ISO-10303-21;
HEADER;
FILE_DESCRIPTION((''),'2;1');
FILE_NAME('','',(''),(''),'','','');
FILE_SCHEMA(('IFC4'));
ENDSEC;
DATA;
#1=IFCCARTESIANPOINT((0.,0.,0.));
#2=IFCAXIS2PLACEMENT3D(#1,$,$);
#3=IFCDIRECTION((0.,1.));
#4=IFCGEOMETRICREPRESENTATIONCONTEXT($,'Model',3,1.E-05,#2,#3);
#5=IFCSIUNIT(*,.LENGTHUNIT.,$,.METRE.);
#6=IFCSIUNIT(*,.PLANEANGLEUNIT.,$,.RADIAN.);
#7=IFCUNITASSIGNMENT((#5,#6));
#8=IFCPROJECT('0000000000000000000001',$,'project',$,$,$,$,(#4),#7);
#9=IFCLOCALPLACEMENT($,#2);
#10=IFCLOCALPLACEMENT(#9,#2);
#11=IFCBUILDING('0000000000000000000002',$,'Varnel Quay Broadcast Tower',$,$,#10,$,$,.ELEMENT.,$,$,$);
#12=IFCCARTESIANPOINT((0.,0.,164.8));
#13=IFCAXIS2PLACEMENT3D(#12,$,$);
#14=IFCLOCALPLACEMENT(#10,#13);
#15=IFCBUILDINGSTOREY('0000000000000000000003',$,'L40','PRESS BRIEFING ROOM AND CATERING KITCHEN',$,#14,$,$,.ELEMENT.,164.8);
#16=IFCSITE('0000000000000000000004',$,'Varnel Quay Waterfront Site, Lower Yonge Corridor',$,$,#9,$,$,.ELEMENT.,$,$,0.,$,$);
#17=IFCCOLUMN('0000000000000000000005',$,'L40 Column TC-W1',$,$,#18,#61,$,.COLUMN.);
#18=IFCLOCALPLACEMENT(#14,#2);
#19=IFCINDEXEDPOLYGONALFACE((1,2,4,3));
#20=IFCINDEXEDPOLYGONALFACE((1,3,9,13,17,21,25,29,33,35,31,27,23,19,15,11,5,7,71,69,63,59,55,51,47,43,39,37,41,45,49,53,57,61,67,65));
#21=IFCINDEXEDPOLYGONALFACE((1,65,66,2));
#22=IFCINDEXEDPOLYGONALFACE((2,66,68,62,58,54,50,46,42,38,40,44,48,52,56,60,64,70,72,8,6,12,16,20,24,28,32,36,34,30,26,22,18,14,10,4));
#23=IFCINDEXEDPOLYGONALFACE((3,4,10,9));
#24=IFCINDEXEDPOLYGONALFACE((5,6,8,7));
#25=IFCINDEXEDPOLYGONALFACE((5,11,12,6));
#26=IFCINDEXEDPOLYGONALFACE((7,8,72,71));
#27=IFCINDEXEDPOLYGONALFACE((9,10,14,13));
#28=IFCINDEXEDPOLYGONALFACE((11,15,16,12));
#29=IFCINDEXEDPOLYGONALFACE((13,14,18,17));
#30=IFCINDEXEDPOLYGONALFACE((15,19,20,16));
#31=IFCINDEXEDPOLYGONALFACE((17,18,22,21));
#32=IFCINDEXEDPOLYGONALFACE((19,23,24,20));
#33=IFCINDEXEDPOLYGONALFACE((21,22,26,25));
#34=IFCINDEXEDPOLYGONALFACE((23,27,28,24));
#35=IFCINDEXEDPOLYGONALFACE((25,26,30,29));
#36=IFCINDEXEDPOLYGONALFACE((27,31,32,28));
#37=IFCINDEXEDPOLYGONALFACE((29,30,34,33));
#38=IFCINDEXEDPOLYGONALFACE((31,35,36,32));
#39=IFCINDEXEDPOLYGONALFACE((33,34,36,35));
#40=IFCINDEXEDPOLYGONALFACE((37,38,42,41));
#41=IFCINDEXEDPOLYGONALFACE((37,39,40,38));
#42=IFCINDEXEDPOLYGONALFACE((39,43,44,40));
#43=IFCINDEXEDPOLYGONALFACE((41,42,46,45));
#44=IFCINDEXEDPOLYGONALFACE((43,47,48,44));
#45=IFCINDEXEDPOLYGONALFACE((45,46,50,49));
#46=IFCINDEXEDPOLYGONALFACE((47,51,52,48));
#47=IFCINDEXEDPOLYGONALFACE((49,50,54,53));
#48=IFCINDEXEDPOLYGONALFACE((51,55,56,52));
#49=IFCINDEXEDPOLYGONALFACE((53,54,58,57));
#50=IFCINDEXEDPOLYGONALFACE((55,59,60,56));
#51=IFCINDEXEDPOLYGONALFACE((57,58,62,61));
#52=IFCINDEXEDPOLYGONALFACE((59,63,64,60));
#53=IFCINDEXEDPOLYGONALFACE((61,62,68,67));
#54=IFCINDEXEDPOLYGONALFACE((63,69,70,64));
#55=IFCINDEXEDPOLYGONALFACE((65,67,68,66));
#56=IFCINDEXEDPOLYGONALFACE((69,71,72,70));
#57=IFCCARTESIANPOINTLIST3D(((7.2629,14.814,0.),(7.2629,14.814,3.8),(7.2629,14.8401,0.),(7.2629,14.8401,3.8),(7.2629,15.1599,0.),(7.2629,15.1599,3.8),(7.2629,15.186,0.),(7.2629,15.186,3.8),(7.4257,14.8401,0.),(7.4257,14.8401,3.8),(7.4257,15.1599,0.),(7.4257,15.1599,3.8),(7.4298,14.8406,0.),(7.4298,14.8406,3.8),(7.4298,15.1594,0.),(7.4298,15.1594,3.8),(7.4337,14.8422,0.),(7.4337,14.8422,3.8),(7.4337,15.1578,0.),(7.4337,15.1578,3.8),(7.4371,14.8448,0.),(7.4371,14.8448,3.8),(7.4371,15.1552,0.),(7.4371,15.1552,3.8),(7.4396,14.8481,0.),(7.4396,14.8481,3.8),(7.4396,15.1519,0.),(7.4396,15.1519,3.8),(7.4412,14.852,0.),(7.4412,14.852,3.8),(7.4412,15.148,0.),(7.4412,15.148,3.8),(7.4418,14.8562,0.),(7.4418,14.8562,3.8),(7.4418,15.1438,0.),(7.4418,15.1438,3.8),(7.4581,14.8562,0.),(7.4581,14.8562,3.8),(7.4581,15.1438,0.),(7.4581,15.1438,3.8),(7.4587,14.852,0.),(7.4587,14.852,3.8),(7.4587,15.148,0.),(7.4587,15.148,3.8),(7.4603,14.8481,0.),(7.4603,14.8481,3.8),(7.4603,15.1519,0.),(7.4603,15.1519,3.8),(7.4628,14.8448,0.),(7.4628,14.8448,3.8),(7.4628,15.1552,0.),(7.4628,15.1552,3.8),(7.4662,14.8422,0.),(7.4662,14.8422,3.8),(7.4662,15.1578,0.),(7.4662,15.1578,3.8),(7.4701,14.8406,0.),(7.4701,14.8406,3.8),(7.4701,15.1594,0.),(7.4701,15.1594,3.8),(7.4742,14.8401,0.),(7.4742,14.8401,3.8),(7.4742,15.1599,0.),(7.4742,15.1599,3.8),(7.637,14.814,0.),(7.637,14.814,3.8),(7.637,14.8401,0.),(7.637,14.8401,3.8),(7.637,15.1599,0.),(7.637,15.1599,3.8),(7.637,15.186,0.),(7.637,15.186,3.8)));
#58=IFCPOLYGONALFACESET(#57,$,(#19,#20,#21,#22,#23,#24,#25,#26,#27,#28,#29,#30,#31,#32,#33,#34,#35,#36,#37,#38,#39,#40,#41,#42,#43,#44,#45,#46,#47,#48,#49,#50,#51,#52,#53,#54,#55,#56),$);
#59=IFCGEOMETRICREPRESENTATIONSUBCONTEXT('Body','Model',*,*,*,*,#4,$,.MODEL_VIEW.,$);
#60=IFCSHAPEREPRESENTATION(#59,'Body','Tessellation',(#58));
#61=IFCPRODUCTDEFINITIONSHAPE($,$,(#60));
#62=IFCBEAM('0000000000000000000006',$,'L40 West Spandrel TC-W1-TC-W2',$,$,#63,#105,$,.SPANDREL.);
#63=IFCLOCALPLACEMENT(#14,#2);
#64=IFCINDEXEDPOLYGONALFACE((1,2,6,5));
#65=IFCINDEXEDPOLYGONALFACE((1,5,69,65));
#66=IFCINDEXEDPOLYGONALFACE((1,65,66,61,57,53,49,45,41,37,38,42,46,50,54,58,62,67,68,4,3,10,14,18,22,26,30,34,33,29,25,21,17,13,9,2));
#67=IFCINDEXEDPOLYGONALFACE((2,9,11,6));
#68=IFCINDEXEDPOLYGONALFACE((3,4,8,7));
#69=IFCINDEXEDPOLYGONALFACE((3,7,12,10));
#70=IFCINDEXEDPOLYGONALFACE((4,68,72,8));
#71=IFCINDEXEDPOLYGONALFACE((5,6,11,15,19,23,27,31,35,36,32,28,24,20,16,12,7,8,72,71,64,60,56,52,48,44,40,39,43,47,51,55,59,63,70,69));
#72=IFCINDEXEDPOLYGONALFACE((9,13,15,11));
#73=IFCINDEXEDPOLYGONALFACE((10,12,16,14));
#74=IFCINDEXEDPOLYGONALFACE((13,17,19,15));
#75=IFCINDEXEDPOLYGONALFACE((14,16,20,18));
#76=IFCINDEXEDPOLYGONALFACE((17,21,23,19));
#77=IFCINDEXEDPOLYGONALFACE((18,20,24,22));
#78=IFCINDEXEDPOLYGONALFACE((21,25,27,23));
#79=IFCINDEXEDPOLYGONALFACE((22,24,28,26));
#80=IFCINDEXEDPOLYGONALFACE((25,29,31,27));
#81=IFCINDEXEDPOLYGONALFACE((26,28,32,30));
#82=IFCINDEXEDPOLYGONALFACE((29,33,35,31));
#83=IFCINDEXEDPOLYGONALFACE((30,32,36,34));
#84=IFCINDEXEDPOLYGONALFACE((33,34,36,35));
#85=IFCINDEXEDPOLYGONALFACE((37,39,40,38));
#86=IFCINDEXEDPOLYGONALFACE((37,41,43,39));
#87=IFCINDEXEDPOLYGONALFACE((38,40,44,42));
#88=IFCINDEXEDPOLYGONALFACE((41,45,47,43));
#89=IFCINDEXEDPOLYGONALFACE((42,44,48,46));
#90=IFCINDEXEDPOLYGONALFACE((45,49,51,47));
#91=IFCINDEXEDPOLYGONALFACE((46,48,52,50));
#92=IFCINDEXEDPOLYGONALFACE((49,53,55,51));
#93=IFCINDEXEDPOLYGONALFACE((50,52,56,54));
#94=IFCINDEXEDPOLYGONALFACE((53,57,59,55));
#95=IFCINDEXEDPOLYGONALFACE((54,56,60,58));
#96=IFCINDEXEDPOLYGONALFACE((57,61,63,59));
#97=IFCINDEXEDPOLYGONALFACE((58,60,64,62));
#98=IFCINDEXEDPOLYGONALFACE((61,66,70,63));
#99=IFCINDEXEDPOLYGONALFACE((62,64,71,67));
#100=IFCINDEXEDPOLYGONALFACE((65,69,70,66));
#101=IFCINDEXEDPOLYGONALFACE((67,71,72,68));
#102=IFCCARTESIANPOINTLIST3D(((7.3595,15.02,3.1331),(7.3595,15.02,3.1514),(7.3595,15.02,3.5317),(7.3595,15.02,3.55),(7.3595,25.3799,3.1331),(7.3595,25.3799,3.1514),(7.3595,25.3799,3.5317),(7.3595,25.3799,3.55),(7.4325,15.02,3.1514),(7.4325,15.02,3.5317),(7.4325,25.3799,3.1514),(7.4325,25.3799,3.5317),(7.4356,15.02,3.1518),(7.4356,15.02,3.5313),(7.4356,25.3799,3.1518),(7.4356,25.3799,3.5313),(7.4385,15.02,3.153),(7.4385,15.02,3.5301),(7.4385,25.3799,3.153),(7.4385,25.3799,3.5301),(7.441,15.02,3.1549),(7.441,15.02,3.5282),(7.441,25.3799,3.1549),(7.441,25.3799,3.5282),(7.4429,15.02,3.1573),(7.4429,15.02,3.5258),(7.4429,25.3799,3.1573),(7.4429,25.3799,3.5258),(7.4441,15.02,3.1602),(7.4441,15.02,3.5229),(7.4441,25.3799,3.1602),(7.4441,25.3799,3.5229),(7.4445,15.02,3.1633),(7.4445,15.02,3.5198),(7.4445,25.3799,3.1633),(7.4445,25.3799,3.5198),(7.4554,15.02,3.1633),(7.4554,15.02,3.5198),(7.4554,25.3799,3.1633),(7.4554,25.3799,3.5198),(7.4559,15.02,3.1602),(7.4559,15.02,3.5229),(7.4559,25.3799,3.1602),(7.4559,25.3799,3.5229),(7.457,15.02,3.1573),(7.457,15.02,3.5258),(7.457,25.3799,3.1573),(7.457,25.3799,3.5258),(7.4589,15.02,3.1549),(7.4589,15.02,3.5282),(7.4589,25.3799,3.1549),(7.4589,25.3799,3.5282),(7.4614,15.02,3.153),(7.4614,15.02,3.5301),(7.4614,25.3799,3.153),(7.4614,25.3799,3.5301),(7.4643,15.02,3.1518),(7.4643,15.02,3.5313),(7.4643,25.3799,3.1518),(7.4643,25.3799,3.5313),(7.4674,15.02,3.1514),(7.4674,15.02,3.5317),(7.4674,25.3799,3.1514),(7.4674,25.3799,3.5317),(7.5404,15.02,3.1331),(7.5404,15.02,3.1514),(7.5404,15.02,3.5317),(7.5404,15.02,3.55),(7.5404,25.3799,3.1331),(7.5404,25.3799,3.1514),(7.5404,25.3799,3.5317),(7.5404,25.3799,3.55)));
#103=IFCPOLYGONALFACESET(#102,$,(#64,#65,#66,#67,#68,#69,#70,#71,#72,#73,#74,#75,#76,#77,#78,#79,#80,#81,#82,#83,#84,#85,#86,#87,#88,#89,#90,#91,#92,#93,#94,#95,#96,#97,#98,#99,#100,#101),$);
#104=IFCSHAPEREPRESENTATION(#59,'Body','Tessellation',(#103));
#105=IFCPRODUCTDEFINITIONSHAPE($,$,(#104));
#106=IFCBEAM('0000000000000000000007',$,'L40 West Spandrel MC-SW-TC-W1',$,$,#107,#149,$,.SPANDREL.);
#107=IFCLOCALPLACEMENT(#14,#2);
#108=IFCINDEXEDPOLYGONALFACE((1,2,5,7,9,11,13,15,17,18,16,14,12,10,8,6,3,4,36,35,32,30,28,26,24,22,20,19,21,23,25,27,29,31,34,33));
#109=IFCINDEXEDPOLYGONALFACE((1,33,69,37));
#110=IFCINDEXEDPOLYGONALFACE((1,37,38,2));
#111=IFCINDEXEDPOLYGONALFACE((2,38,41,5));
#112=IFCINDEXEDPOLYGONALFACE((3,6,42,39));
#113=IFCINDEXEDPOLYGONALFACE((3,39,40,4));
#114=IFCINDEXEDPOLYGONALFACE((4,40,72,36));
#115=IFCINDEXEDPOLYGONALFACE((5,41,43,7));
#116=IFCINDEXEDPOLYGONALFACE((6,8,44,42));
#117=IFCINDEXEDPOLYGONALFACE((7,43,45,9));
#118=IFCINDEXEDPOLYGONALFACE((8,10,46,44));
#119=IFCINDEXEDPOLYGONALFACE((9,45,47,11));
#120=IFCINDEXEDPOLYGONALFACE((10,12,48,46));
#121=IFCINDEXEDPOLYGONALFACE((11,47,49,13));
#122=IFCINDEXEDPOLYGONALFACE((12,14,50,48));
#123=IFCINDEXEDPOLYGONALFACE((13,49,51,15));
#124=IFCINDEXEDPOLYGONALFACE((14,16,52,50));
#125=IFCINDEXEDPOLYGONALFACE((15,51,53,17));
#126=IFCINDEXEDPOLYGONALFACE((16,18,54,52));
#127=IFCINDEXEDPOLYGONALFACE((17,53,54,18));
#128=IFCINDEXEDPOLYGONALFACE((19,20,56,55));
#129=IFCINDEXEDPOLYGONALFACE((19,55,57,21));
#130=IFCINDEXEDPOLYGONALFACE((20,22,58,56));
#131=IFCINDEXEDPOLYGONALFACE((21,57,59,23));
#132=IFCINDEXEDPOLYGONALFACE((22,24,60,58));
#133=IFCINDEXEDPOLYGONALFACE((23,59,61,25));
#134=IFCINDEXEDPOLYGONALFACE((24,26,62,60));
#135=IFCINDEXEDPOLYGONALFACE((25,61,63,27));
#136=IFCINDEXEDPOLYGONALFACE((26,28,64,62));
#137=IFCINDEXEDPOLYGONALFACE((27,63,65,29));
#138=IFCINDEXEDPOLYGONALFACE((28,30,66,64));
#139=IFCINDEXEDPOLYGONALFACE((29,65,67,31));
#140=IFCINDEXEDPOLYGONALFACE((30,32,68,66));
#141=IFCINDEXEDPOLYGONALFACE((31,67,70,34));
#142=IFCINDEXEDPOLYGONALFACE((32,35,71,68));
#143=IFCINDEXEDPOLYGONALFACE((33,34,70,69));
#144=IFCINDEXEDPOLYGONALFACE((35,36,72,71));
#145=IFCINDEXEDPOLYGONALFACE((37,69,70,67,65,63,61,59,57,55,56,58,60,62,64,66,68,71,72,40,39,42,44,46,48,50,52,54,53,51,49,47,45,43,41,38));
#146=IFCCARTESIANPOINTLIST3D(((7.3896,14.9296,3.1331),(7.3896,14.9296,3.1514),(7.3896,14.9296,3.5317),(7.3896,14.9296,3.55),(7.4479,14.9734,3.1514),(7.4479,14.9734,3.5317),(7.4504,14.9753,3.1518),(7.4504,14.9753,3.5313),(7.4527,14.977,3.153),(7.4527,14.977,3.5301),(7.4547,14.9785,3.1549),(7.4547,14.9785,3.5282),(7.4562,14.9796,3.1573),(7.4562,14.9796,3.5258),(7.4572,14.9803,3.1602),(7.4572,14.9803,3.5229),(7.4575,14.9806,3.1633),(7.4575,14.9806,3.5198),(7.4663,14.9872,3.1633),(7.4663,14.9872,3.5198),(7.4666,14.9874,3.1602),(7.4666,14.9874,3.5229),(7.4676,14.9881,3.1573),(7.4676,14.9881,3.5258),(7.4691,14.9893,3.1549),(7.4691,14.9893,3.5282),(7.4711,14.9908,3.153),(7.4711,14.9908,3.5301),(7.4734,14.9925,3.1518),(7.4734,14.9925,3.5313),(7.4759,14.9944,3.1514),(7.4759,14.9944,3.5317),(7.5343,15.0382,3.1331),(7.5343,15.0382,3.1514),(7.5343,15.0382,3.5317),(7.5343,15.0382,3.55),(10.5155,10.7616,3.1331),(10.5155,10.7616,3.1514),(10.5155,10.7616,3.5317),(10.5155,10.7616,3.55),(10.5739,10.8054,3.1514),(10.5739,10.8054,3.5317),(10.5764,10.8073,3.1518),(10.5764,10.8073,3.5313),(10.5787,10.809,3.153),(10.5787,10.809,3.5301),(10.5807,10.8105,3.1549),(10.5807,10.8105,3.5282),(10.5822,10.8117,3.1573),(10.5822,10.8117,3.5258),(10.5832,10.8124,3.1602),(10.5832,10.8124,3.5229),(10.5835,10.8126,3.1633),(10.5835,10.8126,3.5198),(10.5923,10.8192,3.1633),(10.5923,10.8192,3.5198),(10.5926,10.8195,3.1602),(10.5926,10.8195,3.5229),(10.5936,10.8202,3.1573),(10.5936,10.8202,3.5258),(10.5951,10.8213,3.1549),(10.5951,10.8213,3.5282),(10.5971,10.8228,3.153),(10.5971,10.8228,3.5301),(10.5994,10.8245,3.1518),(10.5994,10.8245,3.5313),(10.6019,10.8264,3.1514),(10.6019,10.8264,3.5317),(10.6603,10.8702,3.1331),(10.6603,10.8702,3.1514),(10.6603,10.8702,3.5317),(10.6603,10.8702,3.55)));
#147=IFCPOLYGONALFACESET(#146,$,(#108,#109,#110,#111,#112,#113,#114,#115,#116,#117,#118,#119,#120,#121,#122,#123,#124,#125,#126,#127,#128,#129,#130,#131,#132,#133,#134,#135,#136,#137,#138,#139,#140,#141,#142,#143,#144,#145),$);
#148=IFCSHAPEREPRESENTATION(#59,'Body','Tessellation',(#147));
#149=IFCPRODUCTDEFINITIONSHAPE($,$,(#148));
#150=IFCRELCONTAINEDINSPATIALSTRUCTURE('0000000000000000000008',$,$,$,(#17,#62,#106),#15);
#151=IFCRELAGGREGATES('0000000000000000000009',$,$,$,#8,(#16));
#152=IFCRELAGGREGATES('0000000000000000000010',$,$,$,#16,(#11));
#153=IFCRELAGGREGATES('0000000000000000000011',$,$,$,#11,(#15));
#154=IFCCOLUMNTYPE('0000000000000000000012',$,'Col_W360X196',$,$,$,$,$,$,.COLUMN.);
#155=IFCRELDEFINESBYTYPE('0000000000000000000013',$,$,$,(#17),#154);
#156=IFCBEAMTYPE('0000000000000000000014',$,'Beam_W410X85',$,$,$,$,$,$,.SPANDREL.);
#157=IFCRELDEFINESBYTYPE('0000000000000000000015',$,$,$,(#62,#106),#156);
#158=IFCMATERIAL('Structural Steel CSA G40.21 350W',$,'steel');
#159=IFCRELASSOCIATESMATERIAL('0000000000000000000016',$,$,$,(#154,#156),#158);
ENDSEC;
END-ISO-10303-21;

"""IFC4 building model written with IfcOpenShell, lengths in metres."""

from ifc_helpers import new_model, si_unit, direction, frame, origin, origin_2d, place, context, subcontext, project, spatial, i_section, extrude, source, transform, mapped, material, material_profile, profile_set, type_object, type_shapes, element, save


model = new_model("IFC4")

# Units and contexts
model_context = context("Model", 3, precision=1e-05, world=origin(), true_north=direction((0.0, 1.0)))
body_context = subcontext(model_context, "Body", "Model", "MODEL_VIEW")
ifc_project = project(units=[si_unit("LENGTHUNIT", "METRE"), si_unit("PLANEANGLEUNIT", "RADIAN")], contexts=[model_context])

# Site, building, storey
site_placement = place(None, origin())
site = spatial("IfcSite", under=ifc_project, at=site_placement, Name="Varnel Quay Waterfront Site, Lower Yonge Corridor", CompositionType="ELEMENT", RefElevation=0.0)
building_placement = place(site_placement, origin())
building = spatial("IfcBuilding", under=site, at=building_placement, Name="Varnel Quay Broadcast Tower", CompositionType="ELEMENT")
storey_placement = place(building_placement, frame((0.0, 0.0, 164.8)))
storey = spatial("IfcBuildingStorey", under=building, at=storey_placement, Name="L40", Description="PRESS BRIEFING ROOM AND CATERING KITCHEN", CompositionType="ELEMENT", Elevation=164.8)

# Column
ifc_material_1 = material(Name="Structural Steel CSA G40.21 350W", Category="steel")
ifc_material_profile_1 = material_profile(ifc_material_1, i_section(OverallWidth=0.374, OverallDepth=0.3721, WebThickness=0.0164, FlangeThickness=0.0261, FilletRadius=0.0161, at=origin_2d()), Name="W360X196")
ifc_profile_set_1 = profile_set([ifc_material_profile_1], Name="Structural Steel CSA G40.21 350W")
column_type = type_object("IfcColumnType", Name="Col_W360X196", PredefinedType="COLUMN", material=ifc_profile_set_1)
shared_shape_1 = source(origin(), body_context, "Body", "SweptSolid", [
    extrude(i_section(OverallWidth=0.374, OverallDepth=0.3721, WebThickness=0.0164, FlangeThickness=0.0261, FilletRadius=0.0161, at=origin_2d()), origin(), (0.0, 0.0, 1.0), 3.8),
])
type_shapes(column_type, [shared_shape_1])
column_placement = place(storey_placement, frame((7.45, 15.0, 0.0), z_axis=(0.0, 0.0, 1.0), x_axis=(1.0, 0.0, 0.0)))
element("IfcColumn", 1, at=column_placement, inside=storey, type_object=column_type, Name="L40 Column TC-W1", PredefinedType="COLUMN", context=body_context, shape_type="MappedRepresentation", body=[
    mapped(shared_shape_1, transform((0.0, 0.0, 0.0), x_axis=(1.0, 0.0, 0.0), y_axis=(0.0, 1.0, 0.0), z_axis=(0.0, 0.0, 1.0), scale=1.0)),
])

# Beams
ifc_material_profile_2 = material_profile(ifc_material_1, i_section(OverallWidth=0.1809, OverallDepth=0.417, WebThickness=0.011, FlangeThickness=0.0183, FilletRadius=0.012, at=origin_2d()), Name="W410X85")
ifc_profile_set_2 = profile_set([ifc_material_profile_2], Name="Structural Steel CSA G40.21 350W")
beam_type_1 = type_object("IfcBeamType", Name="Beam_W410X85", PredefinedType="SPANDREL", material=ifc_profile_set_2)
shared_shape_2 = source(origin(), body_context, "Body", "SweptSolid", [
    extrude(i_section(OverallWidth=0.1809, OverallDepth=0.417, WebThickness=0.011, FlangeThickness=0.0183, FilletRadius=0.012, at=origin_2d()), origin(), (0.0, 0.0, 1.0), 10.3599),
])
beam_1_placement = place(storey_placement, frame((7.45, 15.02, 3.3416), z_axis=(0.0, 1.0, 0.0), x_axis=(-1.0, 0.0, 0.0)))
element("IfcBeam", 2, at=beam_1_placement, inside=storey, type_object=beam_type_1, Name="L40 West Spandrel TC-W1-TC-W2", PredefinedType="SPANDREL", context=body_context, shape_type="MappedRepresentation", body=[
    mapped(shared_shape_2, transform((0.0, 0.0, 0.0), x_axis=(1.0, 0.0, 0.0), y_axis=(0.0, 1.0, 0.0), z_axis=(0.0, 0.0, 1.0), scale=1.0)),
])
shared_shape_3 = source(origin(), body_context, "Body", "SweptSolid", [
    extrude(i_section(OverallWidth=0.1809, OverallDepth=0.417, WebThickness=0.011, FlangeThickness=0.0183, FilletRadius=0.012, at=origin_2d()), origin(), (0.0, 0.0, 1.0), 5.21),
])
type_shapes(beam_type_1, [shared_shape_2, shared_shape_3])
beam_2_placement = place(storey_placement, frame((10.5879, 10.8159, 3.3416), z_axis=(-0.6, 0.8, 0.0), x_axis=(-0.8, -0.6, 0.0)))
element("IfcBeam", 3, at=beam_2_placement, inside=storey, type_object=beam_type_1, Name="L40 West Spandrel MC-SW-TC-W1", PredefinedType="SPANDREL", context=body_context, shape_type="MappedRepresentation", body=[
    mapped(shared_shape_3, transform((0.0, 0.0, 0.0), x_axis=(1.0, 0.0, 0.0), y_axis=(0.0, 1.0, 0.0), z_axis=(0.0, 0.0, 1.0), scale=1.0)),
])

save(model, "model.ifc")
